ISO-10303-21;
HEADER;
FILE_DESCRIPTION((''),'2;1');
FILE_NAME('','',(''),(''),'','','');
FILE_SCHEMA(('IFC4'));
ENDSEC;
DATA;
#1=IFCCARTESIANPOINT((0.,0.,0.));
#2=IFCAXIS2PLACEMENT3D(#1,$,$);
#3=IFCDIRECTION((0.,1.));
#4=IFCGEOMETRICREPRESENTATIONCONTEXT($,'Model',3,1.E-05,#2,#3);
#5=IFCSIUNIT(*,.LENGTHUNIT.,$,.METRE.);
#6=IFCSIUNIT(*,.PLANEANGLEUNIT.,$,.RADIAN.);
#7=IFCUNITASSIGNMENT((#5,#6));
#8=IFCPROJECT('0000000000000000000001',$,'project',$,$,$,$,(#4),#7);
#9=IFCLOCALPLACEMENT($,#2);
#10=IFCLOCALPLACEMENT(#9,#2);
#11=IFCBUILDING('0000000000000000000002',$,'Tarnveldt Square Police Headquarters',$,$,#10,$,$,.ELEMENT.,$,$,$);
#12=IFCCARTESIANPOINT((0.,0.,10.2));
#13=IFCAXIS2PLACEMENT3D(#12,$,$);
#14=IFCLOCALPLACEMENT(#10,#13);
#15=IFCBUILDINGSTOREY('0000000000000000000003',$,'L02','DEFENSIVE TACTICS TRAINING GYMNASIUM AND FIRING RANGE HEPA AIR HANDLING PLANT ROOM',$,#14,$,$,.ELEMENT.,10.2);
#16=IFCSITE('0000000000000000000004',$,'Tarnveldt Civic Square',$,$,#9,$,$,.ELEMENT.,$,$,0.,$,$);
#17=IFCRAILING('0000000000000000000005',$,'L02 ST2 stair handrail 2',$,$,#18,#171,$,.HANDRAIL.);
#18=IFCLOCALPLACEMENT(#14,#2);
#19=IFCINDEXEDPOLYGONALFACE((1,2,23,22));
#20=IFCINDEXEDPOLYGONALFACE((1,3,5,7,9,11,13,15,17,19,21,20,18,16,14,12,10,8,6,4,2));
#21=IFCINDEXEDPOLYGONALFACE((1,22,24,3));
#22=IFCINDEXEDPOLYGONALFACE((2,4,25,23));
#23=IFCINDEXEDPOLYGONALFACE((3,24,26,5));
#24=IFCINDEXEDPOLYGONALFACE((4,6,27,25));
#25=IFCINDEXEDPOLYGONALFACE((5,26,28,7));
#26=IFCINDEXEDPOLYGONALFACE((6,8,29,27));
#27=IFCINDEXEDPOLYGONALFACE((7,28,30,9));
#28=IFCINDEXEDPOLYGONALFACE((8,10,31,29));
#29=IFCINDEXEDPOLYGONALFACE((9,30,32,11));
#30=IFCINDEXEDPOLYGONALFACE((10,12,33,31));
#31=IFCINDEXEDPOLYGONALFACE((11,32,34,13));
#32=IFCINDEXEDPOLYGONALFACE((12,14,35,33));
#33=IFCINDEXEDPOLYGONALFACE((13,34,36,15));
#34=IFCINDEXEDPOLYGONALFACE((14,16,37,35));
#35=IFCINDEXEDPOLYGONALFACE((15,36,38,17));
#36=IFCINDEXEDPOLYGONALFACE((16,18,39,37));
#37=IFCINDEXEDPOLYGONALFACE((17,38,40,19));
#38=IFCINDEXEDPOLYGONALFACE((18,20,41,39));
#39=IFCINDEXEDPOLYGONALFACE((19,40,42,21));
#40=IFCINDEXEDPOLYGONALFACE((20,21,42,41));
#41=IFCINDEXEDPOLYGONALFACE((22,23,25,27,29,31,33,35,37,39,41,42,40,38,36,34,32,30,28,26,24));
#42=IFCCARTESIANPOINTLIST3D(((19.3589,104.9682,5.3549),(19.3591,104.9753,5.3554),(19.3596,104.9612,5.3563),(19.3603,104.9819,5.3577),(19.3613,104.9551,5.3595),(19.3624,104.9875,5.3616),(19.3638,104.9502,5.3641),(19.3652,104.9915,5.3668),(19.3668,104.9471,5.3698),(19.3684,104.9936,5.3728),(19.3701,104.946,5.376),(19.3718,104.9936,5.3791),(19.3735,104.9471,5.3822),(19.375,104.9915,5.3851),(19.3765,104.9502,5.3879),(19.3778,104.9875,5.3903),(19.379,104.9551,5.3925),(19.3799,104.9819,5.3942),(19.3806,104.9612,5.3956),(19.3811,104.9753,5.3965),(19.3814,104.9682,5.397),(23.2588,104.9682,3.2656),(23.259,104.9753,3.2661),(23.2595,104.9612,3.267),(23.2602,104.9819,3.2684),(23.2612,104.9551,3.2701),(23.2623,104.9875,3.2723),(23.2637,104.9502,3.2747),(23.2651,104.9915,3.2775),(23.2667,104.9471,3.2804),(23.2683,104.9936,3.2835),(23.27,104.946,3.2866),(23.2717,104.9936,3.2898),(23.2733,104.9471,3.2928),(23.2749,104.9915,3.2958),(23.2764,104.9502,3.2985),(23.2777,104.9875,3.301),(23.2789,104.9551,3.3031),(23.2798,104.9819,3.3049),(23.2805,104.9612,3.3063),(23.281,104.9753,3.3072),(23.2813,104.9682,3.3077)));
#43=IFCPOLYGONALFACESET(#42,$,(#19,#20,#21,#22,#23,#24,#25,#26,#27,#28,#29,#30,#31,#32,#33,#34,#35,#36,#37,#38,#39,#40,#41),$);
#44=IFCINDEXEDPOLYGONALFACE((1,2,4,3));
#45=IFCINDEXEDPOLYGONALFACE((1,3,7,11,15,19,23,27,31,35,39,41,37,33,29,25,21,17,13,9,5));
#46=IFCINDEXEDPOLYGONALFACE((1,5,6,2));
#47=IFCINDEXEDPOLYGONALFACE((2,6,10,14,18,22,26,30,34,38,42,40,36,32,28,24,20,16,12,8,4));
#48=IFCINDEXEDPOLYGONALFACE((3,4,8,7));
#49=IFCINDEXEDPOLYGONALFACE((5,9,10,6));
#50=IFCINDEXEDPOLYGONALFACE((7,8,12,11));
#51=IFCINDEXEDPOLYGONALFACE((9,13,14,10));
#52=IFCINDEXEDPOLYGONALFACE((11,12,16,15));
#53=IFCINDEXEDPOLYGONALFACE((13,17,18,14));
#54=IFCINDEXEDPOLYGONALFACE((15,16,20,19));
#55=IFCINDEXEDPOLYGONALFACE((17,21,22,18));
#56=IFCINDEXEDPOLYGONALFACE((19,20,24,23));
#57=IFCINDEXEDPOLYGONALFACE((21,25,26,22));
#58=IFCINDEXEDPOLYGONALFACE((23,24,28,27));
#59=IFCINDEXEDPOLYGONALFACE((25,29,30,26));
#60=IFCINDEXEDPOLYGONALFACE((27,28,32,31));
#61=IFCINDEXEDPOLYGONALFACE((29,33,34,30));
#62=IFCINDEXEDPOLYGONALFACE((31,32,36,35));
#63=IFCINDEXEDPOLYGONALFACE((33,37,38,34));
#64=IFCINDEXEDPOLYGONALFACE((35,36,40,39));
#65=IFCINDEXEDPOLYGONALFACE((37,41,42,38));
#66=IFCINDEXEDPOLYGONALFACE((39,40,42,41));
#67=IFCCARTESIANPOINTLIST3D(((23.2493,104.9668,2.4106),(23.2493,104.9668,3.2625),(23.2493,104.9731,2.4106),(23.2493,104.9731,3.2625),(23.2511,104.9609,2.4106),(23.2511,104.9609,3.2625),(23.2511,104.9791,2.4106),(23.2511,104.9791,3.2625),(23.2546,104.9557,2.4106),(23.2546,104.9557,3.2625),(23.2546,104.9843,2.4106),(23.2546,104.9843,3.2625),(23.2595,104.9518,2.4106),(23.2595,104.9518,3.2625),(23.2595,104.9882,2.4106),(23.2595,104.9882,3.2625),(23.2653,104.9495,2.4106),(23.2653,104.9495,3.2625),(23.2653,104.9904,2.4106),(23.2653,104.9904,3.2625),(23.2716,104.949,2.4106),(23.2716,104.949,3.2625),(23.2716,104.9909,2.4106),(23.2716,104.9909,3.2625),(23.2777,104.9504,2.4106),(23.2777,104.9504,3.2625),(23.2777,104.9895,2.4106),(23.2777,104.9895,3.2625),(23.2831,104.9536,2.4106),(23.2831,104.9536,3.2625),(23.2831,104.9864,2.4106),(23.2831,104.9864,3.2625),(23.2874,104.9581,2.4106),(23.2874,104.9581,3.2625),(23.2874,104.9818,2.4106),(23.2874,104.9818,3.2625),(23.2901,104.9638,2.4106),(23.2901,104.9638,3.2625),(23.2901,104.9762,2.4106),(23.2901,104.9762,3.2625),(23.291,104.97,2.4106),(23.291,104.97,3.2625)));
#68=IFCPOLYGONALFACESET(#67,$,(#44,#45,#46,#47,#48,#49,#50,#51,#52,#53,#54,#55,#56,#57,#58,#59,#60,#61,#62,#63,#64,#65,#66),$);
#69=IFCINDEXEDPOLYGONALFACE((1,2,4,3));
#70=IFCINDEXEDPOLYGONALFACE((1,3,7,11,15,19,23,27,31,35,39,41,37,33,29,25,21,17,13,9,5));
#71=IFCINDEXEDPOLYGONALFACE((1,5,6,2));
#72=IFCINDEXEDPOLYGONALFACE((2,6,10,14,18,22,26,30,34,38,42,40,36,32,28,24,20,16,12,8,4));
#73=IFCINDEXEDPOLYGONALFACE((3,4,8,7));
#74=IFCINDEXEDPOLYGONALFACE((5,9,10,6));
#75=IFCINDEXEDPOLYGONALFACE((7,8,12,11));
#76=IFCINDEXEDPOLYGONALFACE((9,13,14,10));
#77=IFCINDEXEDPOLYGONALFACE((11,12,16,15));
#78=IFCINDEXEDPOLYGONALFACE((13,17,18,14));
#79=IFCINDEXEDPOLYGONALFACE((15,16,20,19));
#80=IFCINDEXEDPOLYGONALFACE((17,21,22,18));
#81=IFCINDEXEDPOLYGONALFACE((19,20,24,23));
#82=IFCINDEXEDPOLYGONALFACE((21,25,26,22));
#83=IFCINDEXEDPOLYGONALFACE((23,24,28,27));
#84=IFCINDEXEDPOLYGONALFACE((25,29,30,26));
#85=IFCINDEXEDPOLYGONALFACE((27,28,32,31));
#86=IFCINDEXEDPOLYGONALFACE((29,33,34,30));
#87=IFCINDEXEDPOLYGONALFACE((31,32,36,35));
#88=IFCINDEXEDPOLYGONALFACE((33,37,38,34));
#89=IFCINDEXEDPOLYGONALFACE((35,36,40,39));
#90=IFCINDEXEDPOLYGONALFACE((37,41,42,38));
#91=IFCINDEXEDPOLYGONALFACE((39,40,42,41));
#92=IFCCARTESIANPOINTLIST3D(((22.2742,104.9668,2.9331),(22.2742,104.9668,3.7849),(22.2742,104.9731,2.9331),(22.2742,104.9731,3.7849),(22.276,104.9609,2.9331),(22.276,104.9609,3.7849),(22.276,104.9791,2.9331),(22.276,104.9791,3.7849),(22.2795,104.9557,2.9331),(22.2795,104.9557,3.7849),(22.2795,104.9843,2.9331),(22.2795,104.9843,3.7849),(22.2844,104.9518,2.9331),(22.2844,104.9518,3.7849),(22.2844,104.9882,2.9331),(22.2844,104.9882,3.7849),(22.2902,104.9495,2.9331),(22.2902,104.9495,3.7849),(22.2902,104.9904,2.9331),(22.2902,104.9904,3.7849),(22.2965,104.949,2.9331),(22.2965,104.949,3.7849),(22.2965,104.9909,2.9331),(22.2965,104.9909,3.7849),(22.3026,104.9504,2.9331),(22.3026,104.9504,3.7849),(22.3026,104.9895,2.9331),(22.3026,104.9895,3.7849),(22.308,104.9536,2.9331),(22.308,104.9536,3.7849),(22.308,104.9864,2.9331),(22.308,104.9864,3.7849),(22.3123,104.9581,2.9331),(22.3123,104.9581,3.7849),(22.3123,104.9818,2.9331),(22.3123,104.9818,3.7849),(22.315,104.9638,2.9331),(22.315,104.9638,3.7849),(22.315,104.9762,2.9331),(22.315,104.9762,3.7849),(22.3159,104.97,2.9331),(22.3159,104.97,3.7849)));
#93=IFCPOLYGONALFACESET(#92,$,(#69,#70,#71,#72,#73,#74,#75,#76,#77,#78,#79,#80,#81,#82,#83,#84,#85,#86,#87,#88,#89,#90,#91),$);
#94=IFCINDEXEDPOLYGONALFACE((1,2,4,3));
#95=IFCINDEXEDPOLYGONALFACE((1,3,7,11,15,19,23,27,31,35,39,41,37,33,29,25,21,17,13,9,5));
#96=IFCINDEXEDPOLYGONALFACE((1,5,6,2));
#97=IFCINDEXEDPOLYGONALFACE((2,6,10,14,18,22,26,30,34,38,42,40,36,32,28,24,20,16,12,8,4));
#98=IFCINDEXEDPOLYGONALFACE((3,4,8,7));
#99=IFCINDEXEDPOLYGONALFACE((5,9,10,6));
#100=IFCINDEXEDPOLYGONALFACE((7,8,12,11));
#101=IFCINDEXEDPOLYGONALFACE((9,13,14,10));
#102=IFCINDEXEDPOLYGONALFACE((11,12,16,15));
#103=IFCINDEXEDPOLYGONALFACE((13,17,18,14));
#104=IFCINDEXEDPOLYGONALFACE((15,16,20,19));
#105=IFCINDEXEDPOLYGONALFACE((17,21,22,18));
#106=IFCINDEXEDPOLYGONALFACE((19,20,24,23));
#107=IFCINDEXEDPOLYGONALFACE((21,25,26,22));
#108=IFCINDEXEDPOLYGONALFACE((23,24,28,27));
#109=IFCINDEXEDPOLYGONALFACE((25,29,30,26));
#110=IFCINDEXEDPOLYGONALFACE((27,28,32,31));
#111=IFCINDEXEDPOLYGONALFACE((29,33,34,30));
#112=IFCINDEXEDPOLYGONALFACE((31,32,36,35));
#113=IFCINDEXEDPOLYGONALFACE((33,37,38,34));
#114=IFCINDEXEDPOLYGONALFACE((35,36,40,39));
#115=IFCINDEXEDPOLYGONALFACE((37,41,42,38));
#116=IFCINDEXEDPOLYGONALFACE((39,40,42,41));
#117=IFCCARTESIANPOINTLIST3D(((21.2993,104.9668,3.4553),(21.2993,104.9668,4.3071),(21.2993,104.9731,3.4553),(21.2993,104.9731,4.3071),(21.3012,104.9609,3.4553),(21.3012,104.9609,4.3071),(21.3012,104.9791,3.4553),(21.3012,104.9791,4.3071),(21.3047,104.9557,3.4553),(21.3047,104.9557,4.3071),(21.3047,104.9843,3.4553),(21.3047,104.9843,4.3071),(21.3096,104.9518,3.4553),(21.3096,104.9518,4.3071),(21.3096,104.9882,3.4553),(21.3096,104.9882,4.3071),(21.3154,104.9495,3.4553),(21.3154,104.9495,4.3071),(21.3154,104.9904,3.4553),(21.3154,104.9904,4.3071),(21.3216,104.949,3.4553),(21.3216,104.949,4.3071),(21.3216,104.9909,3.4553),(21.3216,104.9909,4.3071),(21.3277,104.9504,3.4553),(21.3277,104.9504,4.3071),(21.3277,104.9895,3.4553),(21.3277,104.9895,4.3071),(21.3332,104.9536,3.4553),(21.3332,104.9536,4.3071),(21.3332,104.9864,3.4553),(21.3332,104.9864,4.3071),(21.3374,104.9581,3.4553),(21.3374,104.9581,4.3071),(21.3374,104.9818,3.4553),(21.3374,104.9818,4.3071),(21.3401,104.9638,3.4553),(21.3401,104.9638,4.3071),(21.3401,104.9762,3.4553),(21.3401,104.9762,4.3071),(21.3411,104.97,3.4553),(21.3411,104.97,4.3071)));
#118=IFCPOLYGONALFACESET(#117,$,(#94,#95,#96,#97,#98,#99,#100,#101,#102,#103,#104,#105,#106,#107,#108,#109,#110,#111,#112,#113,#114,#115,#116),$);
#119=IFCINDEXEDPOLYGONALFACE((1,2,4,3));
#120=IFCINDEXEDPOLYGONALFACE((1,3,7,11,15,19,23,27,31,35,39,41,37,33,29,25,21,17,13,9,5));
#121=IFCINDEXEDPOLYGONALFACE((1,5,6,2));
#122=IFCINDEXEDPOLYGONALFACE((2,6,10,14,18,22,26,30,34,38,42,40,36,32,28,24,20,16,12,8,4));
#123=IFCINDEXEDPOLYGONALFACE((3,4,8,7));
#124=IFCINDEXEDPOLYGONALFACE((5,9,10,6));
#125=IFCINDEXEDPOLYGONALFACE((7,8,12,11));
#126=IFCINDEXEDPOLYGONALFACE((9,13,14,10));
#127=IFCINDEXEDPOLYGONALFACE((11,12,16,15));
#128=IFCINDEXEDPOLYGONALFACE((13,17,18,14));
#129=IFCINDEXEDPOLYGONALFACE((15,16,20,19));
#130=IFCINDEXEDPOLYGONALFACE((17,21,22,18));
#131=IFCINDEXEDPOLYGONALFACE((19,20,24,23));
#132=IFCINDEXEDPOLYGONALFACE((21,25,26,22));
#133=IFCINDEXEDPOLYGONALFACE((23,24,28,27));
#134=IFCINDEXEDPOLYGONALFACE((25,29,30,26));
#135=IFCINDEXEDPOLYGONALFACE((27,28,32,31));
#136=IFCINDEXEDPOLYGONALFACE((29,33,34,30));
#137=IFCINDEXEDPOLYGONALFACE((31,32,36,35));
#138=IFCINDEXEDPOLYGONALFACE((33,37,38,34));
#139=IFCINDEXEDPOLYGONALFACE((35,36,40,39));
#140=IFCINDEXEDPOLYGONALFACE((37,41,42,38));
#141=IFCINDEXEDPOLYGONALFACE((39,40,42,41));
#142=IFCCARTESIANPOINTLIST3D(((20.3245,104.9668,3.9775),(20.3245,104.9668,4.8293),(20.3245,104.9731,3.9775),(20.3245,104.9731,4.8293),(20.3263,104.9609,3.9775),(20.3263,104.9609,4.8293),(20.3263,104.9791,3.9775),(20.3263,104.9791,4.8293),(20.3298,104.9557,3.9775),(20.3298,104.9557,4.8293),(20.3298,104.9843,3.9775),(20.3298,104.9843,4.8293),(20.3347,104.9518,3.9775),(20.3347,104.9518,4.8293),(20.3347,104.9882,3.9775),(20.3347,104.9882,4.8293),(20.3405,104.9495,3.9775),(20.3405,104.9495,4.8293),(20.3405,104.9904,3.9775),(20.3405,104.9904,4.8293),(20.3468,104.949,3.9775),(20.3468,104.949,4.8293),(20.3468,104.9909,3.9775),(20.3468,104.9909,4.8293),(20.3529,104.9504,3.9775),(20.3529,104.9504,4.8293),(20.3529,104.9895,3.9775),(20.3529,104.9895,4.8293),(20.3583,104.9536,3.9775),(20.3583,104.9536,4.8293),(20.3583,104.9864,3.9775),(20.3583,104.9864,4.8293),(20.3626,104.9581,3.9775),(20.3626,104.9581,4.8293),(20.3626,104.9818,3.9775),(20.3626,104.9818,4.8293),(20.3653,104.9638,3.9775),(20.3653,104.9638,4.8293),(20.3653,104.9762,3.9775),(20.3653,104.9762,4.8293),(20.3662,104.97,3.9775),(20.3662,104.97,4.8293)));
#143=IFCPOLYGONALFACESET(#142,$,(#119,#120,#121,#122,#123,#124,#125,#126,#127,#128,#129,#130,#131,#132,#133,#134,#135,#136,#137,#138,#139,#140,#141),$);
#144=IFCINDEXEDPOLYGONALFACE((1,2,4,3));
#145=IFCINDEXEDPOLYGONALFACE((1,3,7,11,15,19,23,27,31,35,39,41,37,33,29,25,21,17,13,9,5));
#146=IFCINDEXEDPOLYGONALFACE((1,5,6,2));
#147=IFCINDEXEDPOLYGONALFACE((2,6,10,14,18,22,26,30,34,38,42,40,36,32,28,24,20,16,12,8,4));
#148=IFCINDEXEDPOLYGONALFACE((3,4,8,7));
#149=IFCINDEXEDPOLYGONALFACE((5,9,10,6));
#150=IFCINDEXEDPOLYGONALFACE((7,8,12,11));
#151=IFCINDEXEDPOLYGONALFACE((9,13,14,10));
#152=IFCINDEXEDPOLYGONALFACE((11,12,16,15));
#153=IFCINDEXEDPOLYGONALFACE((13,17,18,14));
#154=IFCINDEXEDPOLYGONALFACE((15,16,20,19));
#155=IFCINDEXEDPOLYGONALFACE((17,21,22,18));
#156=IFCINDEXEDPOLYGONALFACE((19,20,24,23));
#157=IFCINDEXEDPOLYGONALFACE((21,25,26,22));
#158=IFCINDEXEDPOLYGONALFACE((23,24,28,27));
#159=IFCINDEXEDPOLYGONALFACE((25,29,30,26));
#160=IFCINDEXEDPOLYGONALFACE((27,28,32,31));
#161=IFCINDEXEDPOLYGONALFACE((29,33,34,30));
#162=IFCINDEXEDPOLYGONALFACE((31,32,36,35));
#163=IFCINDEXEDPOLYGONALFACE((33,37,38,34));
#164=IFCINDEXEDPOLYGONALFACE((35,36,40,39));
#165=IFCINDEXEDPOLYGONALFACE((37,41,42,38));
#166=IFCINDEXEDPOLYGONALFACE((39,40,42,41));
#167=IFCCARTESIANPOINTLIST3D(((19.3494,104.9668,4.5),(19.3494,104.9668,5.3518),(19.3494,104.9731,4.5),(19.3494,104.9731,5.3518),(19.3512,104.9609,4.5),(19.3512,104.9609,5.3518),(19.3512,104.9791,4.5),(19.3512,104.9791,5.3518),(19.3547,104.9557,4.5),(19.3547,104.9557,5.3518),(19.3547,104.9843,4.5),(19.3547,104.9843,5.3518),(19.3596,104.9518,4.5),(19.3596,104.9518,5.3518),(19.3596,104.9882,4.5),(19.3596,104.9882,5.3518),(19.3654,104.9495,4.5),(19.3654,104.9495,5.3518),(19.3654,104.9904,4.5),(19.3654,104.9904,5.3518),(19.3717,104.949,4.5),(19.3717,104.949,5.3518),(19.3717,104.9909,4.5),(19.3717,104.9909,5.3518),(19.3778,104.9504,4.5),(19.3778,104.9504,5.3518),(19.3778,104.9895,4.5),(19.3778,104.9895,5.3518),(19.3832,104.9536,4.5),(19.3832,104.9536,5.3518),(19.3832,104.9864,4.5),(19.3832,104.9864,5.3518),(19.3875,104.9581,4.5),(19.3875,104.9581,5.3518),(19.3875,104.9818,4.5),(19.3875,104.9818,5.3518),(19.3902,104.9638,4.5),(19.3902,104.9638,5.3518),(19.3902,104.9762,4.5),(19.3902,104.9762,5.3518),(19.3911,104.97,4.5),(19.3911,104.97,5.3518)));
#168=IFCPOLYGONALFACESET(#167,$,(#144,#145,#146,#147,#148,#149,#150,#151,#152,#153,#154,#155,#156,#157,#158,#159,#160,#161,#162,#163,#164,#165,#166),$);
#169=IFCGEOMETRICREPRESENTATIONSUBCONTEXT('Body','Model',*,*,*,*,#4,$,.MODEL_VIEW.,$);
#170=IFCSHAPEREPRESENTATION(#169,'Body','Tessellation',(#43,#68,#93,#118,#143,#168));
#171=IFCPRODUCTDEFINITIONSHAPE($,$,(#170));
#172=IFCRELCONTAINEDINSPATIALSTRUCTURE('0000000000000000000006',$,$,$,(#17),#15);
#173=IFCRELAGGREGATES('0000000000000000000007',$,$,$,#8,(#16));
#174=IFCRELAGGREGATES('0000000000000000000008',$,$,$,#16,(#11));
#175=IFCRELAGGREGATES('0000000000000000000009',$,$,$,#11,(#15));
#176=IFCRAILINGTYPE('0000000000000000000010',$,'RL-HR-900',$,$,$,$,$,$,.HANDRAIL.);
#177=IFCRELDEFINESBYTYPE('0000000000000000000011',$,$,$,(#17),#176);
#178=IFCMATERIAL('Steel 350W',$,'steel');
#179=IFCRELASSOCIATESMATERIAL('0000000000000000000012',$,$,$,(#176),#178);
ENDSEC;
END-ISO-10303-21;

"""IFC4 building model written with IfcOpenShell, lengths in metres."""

from ifc_helpers import new_model, si_unit, direction, frame, origin, origin_2d, place, context, subcontext, project, spatial, circle, extrude, material, type_object, element, save


model = new_model("IFC4")

# Units and contexts
model_context = context("Model", 3, precision=1e-05, world=origin(), true_north=direction((0.0, 1.0)))
body_context = subcontext(model_context, "Body", "Model", "MODEL_VIEW")
ifc_project = project(units=[si_unit("LENGTHUNIT", "METRE"), si_unit("PLANEANGLEUNIT", "RADIAN")], contexts=[model_context])

# Site, building, storey
site_placement = place(None, origin())
site = spatial("IfcSite", under=ifc_project, at=site_placement, Name="Tarnveldt Civic Square", CompositionType="ELEMENT", RefElevation=0.0)
building_placement = place(site_placement, origin())
building = spatial("IfcBuilding", under=site, at=building_placement, Name="Tarnveldt Square Police Headquarters", CompositionType="ELEMENT")
storey_placement = place(building_placement, frame((0.0, 0.0, 10.2)))
storey = spatial("IfcBuildingStorey", under=building, at=storey_placement, Name="L02", Description="DEFENSIVE TACTICS TRAINING GYMNASIUM AND FIRING RANGE HEPA AIR HANDLING PLANT ROOM", CompositionType="ELEMENT", Elevation=10.2)

# Shared definitions
ifc_material_1 = material(Name="Steel 350W", Category="steel")

# Railing
railing_type_1 = type_object("IfcRailingType", Name="RL-HR-900", PredefinedType="HANDRAIL", material=ifc_material_1)
railing_1_placement = place(storey_placement, frame((23.27, 104.97, 2.4106)))
element("IfcRailing", 1, at=railing_1_placement, inside=storey, type_object=railing_type_1, Name="L02 ST2 stair handrail 2", PredefinedType="HANDRAIL", context=body_context, shape_type="SweptSolid", body=[
    extrude(circle(Radius=0.0239, at=origin_2d()), frame((0.0, 0.0, 0.876), z_axis=(-0.881468, 0.0, 0.472243), x_axis=(0.0, -1.0, 0.0)), (0.0, 0.0, 1.0), 4.4243),
    extrude(circle(Radius=0.021, at=origin_2d()), origin(), (0.0, 0.0, 1.0), 0.8518),
    extrude(circle(Radius=0.021, at=origin_2d()), frame((-0.9751, 0.0, 0.5225)), (0.0, 0.0, 1.0), 0.8518),
    extrude(circle(Radius=0.021, at=origin_2d()), frame((-1.95, 0.0, 1.0447)), (0.0, 0.0, 1.0), 0.8518),
    extrude(circle(Radius=0.021, at=origin_2d()), frame((-2.9248, 0.0, 1.5669)), (0.0, 0.0, 1.0), 0.8518),
    extrude(circle(Radius=0.021, at=origin_2d()), frame((-3.8999, 0.0, 2.0894)), (0.0, 0.0, 1.0), 0.8518),
])

save(model, "model.ifc")
